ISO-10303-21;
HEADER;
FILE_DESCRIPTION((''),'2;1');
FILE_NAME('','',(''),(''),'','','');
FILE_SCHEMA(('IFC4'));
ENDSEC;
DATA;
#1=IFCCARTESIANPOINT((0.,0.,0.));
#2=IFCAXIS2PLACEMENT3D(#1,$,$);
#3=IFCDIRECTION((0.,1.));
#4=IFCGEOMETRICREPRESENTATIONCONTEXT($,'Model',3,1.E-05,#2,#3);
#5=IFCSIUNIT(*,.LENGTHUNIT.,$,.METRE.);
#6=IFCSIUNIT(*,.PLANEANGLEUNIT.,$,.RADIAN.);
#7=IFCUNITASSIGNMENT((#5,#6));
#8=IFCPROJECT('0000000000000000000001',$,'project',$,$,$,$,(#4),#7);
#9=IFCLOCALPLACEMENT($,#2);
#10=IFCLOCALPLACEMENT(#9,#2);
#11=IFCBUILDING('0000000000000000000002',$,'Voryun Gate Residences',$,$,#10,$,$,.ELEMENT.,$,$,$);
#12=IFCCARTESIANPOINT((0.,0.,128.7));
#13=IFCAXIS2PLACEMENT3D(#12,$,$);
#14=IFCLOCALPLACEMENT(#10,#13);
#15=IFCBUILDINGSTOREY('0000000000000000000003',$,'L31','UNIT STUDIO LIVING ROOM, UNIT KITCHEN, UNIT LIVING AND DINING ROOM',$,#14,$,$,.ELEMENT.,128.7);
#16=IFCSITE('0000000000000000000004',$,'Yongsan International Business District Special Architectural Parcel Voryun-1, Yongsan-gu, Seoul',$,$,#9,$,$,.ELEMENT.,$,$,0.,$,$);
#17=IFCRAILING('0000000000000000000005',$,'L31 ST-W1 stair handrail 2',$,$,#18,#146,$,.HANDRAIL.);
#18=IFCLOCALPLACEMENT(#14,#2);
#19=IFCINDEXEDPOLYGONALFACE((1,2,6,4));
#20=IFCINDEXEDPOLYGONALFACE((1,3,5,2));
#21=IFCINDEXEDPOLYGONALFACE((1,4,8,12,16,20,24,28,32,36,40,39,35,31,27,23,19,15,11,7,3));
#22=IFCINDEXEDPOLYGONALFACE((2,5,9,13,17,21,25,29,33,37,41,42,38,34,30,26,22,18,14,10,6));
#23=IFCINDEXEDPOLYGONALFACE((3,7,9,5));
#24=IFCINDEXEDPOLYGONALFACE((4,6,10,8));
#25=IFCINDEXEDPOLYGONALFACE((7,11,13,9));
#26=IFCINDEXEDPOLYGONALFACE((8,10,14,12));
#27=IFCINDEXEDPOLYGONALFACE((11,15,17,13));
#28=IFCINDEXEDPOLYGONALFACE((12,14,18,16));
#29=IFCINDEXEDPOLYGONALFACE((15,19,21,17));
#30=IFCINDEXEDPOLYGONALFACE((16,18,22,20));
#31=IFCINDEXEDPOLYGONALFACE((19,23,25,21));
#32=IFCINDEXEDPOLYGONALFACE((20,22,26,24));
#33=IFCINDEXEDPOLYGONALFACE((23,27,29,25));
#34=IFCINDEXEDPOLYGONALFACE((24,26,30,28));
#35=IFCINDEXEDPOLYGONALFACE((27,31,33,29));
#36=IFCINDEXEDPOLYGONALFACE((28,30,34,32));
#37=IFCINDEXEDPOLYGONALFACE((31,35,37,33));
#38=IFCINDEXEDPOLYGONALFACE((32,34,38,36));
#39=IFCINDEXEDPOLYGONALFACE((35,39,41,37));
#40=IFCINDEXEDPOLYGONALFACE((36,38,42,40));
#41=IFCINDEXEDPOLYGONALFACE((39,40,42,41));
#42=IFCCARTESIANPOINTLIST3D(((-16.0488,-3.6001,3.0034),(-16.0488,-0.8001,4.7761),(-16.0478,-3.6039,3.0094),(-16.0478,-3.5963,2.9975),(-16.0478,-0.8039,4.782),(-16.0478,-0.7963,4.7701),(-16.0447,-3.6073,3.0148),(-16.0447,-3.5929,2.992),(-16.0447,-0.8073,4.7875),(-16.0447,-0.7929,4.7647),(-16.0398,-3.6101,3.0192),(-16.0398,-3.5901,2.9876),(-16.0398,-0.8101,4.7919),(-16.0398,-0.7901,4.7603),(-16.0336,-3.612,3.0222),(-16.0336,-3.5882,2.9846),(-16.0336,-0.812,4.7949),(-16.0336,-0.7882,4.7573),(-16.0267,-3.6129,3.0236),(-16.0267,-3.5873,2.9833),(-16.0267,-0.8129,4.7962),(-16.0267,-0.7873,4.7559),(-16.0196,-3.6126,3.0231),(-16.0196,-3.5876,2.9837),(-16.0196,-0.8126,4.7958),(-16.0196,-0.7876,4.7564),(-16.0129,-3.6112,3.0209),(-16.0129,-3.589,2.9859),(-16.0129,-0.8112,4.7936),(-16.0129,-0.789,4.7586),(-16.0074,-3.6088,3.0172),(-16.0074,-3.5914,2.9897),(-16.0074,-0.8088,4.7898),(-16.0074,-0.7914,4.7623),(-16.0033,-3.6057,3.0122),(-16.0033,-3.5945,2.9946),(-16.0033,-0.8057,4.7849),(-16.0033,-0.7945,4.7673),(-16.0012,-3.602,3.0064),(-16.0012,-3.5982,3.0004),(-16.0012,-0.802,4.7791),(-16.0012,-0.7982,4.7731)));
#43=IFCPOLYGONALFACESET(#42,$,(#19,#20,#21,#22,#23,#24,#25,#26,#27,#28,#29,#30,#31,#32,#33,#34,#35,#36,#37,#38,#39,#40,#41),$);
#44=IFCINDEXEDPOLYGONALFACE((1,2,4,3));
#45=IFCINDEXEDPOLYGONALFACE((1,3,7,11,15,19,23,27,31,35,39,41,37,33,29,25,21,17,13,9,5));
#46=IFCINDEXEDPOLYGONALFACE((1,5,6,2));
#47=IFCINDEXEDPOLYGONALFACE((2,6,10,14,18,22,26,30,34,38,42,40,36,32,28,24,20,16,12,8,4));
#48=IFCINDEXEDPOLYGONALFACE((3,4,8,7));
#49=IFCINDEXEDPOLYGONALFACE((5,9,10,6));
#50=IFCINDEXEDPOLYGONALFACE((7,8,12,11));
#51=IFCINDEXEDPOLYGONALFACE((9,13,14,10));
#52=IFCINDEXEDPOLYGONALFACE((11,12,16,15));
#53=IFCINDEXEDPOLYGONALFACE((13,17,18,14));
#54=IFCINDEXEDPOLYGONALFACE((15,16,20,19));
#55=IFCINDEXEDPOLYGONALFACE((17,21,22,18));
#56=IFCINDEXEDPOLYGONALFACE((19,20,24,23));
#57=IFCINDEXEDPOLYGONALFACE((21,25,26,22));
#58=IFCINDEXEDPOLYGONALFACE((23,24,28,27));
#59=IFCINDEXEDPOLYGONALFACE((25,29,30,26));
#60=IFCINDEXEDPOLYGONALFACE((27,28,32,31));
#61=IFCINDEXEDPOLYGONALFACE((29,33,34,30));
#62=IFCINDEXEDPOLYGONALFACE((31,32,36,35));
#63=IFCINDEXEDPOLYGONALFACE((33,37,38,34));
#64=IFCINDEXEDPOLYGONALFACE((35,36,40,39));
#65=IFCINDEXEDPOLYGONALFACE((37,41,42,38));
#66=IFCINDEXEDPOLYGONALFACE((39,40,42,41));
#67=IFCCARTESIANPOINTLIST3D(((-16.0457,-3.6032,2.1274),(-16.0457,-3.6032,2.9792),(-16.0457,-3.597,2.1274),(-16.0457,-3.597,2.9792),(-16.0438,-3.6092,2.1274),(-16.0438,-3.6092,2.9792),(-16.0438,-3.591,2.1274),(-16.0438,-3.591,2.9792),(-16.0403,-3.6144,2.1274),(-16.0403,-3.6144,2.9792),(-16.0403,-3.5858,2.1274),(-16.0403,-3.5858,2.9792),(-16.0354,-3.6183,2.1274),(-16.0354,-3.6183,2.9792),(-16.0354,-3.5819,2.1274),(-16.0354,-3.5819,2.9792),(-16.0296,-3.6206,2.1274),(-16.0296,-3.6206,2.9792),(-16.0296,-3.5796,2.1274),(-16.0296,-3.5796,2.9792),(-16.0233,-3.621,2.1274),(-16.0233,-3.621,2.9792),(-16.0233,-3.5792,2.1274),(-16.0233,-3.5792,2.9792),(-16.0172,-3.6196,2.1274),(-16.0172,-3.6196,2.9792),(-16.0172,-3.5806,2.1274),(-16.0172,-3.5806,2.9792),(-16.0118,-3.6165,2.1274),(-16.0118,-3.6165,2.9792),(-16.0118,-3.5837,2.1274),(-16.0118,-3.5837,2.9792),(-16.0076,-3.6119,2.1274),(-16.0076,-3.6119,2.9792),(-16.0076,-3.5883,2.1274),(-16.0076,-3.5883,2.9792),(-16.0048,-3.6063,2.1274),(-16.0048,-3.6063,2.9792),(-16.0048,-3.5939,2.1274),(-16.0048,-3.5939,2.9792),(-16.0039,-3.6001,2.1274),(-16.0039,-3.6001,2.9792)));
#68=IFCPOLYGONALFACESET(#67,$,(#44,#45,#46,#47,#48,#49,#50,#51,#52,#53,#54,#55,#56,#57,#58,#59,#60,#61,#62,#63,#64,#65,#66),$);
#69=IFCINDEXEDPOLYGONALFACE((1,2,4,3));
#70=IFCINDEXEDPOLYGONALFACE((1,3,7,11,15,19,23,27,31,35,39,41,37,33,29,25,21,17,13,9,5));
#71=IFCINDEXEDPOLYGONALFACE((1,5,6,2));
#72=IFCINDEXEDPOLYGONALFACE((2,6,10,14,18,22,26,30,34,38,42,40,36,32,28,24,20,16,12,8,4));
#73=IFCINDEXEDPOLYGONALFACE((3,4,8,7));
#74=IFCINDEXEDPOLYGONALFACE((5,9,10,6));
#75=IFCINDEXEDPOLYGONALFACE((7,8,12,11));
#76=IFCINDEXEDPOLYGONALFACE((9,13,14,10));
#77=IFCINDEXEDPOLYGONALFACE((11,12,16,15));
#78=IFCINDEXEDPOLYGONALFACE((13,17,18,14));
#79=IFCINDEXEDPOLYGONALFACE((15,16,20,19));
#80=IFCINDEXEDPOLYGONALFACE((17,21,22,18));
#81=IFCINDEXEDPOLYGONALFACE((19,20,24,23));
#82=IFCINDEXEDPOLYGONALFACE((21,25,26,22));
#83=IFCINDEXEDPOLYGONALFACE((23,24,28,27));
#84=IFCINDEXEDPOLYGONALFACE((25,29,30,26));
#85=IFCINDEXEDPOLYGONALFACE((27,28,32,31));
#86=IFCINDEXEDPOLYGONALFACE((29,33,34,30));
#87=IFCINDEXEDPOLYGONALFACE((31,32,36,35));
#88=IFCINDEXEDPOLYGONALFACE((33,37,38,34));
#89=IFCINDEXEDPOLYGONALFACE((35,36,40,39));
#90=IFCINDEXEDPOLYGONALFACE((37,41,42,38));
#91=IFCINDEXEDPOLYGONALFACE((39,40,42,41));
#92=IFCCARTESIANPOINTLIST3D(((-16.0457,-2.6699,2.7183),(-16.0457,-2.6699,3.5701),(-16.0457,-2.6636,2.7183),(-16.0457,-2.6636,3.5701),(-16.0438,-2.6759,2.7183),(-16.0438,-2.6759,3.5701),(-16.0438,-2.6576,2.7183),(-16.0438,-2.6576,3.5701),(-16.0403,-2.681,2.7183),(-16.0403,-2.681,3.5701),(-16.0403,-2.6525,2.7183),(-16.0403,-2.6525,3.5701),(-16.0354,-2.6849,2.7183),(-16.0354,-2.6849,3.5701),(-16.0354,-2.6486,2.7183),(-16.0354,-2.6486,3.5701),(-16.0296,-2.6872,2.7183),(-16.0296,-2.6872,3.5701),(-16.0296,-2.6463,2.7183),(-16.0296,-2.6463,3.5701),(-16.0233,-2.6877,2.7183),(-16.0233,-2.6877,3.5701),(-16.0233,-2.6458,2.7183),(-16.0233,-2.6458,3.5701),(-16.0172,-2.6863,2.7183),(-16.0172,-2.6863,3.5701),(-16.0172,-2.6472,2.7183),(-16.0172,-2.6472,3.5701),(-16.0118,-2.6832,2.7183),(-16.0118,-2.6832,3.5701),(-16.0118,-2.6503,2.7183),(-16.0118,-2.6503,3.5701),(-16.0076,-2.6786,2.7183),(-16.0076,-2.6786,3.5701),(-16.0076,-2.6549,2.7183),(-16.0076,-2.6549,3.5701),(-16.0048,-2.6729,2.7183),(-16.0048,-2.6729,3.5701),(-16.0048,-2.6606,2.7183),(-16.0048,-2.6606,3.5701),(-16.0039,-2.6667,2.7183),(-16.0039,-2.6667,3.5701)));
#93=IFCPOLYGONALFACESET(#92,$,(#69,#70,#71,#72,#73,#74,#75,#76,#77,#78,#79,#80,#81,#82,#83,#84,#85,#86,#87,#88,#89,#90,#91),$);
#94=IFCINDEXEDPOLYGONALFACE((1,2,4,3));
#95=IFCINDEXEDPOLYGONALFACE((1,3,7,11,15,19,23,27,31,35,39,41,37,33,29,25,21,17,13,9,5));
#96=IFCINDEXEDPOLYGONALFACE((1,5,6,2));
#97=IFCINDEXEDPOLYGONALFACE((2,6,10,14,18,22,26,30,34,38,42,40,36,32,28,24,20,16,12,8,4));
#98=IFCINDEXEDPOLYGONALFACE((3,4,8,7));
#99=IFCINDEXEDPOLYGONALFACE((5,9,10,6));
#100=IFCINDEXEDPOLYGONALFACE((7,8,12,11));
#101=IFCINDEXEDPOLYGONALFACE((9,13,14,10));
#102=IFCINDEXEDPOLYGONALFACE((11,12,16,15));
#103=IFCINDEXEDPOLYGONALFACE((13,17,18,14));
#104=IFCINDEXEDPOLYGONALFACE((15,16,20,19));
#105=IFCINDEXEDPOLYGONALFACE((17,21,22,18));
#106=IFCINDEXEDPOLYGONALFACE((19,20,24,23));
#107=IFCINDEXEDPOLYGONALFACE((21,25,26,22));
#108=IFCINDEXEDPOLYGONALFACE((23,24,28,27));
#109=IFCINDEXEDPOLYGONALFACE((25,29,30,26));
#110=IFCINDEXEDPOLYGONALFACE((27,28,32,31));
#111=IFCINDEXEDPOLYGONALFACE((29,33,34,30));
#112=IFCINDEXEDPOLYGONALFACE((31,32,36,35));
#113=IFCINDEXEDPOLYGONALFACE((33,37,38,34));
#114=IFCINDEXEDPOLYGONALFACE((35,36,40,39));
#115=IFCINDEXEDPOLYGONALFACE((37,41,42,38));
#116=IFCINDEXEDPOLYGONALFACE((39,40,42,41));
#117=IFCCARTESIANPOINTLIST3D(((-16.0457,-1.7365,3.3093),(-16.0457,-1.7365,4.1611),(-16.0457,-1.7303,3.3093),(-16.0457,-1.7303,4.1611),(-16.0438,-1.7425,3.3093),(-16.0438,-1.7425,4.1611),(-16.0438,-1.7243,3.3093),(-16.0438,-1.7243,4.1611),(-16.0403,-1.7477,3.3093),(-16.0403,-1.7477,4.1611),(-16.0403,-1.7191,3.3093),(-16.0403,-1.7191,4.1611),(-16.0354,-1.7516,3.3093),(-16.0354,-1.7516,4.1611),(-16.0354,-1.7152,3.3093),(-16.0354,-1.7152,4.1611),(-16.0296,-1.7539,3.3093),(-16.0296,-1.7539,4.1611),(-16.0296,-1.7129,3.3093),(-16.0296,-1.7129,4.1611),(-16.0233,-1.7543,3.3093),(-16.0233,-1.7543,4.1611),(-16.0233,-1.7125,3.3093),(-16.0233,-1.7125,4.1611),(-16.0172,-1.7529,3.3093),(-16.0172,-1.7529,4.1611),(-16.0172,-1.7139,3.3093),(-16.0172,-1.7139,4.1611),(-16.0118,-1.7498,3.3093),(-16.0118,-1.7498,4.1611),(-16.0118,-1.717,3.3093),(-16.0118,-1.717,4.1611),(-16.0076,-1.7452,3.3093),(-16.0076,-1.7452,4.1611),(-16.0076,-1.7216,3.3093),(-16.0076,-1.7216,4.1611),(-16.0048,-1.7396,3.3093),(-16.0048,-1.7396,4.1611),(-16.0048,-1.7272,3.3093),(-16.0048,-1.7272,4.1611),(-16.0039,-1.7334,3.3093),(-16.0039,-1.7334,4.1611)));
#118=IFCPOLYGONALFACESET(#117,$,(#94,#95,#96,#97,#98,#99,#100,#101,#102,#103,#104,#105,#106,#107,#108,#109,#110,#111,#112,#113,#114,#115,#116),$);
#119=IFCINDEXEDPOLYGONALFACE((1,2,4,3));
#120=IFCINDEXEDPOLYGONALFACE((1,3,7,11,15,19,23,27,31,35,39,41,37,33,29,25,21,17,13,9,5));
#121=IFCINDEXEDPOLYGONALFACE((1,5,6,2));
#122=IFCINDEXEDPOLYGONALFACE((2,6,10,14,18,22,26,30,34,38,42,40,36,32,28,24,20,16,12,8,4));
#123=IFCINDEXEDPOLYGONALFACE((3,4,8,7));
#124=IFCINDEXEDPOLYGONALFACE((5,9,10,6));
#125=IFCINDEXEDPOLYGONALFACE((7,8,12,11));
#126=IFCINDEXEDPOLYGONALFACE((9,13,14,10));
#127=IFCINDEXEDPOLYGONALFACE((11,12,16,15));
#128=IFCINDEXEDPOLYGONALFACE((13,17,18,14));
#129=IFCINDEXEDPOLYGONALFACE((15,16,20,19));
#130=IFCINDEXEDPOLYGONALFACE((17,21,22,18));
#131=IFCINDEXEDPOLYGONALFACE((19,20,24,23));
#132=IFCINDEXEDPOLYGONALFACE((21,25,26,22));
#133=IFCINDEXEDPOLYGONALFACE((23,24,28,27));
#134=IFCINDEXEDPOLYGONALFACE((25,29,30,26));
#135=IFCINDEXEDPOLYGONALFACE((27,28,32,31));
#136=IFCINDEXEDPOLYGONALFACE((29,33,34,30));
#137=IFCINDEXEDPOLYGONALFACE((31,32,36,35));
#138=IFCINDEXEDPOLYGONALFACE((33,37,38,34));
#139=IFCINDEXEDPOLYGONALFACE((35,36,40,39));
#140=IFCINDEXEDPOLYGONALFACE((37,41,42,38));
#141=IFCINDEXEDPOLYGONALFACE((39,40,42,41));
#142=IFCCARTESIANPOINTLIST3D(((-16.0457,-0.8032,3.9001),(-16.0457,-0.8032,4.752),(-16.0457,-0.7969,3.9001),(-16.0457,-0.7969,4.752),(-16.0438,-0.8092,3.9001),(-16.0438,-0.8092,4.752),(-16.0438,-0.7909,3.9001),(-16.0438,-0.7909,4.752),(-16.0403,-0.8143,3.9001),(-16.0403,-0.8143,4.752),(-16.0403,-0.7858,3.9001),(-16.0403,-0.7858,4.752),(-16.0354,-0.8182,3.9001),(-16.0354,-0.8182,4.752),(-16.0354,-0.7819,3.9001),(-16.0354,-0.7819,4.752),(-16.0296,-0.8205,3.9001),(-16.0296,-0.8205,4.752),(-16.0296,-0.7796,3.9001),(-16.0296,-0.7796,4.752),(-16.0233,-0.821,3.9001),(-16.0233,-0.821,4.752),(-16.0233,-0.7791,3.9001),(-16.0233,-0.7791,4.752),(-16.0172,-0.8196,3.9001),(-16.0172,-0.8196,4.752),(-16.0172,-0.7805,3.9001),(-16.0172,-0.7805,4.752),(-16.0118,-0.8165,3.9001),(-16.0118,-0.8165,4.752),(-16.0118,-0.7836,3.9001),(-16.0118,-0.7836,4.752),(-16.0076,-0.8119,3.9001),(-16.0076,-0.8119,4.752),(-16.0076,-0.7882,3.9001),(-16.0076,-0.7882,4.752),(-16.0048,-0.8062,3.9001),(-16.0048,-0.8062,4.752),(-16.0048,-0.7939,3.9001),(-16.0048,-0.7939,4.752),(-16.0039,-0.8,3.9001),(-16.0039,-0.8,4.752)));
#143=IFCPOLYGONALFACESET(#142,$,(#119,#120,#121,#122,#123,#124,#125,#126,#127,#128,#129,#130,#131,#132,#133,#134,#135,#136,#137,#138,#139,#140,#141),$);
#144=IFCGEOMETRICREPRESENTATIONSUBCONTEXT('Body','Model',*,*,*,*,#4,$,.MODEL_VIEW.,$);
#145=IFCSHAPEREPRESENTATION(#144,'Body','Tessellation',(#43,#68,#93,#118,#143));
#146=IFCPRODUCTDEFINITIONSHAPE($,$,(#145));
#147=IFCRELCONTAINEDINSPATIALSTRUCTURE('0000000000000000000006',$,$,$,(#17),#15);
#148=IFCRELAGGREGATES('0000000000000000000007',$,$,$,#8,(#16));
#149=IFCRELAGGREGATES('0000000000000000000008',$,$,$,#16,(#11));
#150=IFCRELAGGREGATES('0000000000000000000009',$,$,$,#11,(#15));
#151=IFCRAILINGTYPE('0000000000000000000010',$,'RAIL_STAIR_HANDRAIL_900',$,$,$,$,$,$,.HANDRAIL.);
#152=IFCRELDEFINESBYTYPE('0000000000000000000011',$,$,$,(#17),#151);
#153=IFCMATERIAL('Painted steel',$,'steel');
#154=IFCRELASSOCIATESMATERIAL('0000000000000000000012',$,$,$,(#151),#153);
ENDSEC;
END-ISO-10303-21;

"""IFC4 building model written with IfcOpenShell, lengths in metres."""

from ifc_helpers import new_model, si_unit, direction, frame, origin, origin_2d, place, context, subcontext, project, spatial, circle, extrude, material, type_object, element, save


model = new_model("IFC4")

# Units and contexts
model_context = context("Model", 3, precision=1e-05, world=origin(), true_north=direction((0.0, 1.0)))
body_context = subcontext(model_context, "Body", "Model", "MODEL_VIEW")
ifc_project = project(units=[si_unit("LENGTHUNIT", "METRE"), si_unit("PLANEANGLEUNIT", "RADIAN")], contexts=[model_context])

# Site, building, storey
site_placement = place(None, origin())
site = spatial("IfcSite", under=ifc_project, at=site_placement, Name="Yongsan International Business District Special Architectural Parcel Voryun-1, Yongsan-gu, Seoul", CompositionType="ELEMENT", RefElevation=0.0)
building_placement = place(site_placement, origin())
building = spatial("IfcBuilding", under=site, at=building_placement, Name="Voryun Gate Residences", CompositionType="ELEMENT")
storey_placement = place(building_placement, frame((0.0, 0.0, 128.7)))
storey = spatial("IfcBuildingStorey", under=building, at=storey_placement, Name="L31", Description="UNIT STUDIO LIVING ROOM, UNIT KITCHEN, UNIT LIVING AND DINING ROOM", CompositionType="ELEMENT", Elevation=128.7)

# Railing
ifc_material_1 = material(Name="Painted steel", Category="steel")
railing_type_1 = type_object("IfcRailingType", Name="RAIL_STAIR_HANDRAIL_900", PredefinedType="HANDRAIL", material=ifc_material_1)
railing_1_placement = place(storey_placement, frame((-16.0249, -3.6001, 2.1274)))
element("IfcRailing", 1, at=railing_1_placement, inside=storey, type_object=railing_type_1, Name="L31 ST-W1 stair handrail 2", PredefinedType="HANDRAIL", context=body_context, shape_type="SweptSolid", body=[
    extrude(circle(Radius=0.0239, at=origin_2d()), frame((0.0, 0.0, 0.876), z_axis=(0.0, 0.844909, 0.53491), x_axis=(-1.0, 0.0, 0.0)), (0.0, 0.0, 1.0), 3.314),
    extrude(circle(Radius=0.021, at=origin_2d()), origin(), (0.0, 0.0, 1.0), 0.8518),
    extrude(circle(Radius=0.021, at=origin_2d()), frame((0.0, 0.9333, 0.5908)), (0.0, 0.0, 1.0), 0.8518),
    extrude(circle(Radius=0.021, at=origin_2d()), frame((0.0, 1.8667, 1.1819)), (0.0, 0.0, 1.0), 0.8518),
    extrude(circle(Radius=0.021, at=origin_2d()), frame((0.0, 2.8, 1.7727)), (0.0, 0.0, 1.0), 0.8518),
])

save(model, "model.ifc")
